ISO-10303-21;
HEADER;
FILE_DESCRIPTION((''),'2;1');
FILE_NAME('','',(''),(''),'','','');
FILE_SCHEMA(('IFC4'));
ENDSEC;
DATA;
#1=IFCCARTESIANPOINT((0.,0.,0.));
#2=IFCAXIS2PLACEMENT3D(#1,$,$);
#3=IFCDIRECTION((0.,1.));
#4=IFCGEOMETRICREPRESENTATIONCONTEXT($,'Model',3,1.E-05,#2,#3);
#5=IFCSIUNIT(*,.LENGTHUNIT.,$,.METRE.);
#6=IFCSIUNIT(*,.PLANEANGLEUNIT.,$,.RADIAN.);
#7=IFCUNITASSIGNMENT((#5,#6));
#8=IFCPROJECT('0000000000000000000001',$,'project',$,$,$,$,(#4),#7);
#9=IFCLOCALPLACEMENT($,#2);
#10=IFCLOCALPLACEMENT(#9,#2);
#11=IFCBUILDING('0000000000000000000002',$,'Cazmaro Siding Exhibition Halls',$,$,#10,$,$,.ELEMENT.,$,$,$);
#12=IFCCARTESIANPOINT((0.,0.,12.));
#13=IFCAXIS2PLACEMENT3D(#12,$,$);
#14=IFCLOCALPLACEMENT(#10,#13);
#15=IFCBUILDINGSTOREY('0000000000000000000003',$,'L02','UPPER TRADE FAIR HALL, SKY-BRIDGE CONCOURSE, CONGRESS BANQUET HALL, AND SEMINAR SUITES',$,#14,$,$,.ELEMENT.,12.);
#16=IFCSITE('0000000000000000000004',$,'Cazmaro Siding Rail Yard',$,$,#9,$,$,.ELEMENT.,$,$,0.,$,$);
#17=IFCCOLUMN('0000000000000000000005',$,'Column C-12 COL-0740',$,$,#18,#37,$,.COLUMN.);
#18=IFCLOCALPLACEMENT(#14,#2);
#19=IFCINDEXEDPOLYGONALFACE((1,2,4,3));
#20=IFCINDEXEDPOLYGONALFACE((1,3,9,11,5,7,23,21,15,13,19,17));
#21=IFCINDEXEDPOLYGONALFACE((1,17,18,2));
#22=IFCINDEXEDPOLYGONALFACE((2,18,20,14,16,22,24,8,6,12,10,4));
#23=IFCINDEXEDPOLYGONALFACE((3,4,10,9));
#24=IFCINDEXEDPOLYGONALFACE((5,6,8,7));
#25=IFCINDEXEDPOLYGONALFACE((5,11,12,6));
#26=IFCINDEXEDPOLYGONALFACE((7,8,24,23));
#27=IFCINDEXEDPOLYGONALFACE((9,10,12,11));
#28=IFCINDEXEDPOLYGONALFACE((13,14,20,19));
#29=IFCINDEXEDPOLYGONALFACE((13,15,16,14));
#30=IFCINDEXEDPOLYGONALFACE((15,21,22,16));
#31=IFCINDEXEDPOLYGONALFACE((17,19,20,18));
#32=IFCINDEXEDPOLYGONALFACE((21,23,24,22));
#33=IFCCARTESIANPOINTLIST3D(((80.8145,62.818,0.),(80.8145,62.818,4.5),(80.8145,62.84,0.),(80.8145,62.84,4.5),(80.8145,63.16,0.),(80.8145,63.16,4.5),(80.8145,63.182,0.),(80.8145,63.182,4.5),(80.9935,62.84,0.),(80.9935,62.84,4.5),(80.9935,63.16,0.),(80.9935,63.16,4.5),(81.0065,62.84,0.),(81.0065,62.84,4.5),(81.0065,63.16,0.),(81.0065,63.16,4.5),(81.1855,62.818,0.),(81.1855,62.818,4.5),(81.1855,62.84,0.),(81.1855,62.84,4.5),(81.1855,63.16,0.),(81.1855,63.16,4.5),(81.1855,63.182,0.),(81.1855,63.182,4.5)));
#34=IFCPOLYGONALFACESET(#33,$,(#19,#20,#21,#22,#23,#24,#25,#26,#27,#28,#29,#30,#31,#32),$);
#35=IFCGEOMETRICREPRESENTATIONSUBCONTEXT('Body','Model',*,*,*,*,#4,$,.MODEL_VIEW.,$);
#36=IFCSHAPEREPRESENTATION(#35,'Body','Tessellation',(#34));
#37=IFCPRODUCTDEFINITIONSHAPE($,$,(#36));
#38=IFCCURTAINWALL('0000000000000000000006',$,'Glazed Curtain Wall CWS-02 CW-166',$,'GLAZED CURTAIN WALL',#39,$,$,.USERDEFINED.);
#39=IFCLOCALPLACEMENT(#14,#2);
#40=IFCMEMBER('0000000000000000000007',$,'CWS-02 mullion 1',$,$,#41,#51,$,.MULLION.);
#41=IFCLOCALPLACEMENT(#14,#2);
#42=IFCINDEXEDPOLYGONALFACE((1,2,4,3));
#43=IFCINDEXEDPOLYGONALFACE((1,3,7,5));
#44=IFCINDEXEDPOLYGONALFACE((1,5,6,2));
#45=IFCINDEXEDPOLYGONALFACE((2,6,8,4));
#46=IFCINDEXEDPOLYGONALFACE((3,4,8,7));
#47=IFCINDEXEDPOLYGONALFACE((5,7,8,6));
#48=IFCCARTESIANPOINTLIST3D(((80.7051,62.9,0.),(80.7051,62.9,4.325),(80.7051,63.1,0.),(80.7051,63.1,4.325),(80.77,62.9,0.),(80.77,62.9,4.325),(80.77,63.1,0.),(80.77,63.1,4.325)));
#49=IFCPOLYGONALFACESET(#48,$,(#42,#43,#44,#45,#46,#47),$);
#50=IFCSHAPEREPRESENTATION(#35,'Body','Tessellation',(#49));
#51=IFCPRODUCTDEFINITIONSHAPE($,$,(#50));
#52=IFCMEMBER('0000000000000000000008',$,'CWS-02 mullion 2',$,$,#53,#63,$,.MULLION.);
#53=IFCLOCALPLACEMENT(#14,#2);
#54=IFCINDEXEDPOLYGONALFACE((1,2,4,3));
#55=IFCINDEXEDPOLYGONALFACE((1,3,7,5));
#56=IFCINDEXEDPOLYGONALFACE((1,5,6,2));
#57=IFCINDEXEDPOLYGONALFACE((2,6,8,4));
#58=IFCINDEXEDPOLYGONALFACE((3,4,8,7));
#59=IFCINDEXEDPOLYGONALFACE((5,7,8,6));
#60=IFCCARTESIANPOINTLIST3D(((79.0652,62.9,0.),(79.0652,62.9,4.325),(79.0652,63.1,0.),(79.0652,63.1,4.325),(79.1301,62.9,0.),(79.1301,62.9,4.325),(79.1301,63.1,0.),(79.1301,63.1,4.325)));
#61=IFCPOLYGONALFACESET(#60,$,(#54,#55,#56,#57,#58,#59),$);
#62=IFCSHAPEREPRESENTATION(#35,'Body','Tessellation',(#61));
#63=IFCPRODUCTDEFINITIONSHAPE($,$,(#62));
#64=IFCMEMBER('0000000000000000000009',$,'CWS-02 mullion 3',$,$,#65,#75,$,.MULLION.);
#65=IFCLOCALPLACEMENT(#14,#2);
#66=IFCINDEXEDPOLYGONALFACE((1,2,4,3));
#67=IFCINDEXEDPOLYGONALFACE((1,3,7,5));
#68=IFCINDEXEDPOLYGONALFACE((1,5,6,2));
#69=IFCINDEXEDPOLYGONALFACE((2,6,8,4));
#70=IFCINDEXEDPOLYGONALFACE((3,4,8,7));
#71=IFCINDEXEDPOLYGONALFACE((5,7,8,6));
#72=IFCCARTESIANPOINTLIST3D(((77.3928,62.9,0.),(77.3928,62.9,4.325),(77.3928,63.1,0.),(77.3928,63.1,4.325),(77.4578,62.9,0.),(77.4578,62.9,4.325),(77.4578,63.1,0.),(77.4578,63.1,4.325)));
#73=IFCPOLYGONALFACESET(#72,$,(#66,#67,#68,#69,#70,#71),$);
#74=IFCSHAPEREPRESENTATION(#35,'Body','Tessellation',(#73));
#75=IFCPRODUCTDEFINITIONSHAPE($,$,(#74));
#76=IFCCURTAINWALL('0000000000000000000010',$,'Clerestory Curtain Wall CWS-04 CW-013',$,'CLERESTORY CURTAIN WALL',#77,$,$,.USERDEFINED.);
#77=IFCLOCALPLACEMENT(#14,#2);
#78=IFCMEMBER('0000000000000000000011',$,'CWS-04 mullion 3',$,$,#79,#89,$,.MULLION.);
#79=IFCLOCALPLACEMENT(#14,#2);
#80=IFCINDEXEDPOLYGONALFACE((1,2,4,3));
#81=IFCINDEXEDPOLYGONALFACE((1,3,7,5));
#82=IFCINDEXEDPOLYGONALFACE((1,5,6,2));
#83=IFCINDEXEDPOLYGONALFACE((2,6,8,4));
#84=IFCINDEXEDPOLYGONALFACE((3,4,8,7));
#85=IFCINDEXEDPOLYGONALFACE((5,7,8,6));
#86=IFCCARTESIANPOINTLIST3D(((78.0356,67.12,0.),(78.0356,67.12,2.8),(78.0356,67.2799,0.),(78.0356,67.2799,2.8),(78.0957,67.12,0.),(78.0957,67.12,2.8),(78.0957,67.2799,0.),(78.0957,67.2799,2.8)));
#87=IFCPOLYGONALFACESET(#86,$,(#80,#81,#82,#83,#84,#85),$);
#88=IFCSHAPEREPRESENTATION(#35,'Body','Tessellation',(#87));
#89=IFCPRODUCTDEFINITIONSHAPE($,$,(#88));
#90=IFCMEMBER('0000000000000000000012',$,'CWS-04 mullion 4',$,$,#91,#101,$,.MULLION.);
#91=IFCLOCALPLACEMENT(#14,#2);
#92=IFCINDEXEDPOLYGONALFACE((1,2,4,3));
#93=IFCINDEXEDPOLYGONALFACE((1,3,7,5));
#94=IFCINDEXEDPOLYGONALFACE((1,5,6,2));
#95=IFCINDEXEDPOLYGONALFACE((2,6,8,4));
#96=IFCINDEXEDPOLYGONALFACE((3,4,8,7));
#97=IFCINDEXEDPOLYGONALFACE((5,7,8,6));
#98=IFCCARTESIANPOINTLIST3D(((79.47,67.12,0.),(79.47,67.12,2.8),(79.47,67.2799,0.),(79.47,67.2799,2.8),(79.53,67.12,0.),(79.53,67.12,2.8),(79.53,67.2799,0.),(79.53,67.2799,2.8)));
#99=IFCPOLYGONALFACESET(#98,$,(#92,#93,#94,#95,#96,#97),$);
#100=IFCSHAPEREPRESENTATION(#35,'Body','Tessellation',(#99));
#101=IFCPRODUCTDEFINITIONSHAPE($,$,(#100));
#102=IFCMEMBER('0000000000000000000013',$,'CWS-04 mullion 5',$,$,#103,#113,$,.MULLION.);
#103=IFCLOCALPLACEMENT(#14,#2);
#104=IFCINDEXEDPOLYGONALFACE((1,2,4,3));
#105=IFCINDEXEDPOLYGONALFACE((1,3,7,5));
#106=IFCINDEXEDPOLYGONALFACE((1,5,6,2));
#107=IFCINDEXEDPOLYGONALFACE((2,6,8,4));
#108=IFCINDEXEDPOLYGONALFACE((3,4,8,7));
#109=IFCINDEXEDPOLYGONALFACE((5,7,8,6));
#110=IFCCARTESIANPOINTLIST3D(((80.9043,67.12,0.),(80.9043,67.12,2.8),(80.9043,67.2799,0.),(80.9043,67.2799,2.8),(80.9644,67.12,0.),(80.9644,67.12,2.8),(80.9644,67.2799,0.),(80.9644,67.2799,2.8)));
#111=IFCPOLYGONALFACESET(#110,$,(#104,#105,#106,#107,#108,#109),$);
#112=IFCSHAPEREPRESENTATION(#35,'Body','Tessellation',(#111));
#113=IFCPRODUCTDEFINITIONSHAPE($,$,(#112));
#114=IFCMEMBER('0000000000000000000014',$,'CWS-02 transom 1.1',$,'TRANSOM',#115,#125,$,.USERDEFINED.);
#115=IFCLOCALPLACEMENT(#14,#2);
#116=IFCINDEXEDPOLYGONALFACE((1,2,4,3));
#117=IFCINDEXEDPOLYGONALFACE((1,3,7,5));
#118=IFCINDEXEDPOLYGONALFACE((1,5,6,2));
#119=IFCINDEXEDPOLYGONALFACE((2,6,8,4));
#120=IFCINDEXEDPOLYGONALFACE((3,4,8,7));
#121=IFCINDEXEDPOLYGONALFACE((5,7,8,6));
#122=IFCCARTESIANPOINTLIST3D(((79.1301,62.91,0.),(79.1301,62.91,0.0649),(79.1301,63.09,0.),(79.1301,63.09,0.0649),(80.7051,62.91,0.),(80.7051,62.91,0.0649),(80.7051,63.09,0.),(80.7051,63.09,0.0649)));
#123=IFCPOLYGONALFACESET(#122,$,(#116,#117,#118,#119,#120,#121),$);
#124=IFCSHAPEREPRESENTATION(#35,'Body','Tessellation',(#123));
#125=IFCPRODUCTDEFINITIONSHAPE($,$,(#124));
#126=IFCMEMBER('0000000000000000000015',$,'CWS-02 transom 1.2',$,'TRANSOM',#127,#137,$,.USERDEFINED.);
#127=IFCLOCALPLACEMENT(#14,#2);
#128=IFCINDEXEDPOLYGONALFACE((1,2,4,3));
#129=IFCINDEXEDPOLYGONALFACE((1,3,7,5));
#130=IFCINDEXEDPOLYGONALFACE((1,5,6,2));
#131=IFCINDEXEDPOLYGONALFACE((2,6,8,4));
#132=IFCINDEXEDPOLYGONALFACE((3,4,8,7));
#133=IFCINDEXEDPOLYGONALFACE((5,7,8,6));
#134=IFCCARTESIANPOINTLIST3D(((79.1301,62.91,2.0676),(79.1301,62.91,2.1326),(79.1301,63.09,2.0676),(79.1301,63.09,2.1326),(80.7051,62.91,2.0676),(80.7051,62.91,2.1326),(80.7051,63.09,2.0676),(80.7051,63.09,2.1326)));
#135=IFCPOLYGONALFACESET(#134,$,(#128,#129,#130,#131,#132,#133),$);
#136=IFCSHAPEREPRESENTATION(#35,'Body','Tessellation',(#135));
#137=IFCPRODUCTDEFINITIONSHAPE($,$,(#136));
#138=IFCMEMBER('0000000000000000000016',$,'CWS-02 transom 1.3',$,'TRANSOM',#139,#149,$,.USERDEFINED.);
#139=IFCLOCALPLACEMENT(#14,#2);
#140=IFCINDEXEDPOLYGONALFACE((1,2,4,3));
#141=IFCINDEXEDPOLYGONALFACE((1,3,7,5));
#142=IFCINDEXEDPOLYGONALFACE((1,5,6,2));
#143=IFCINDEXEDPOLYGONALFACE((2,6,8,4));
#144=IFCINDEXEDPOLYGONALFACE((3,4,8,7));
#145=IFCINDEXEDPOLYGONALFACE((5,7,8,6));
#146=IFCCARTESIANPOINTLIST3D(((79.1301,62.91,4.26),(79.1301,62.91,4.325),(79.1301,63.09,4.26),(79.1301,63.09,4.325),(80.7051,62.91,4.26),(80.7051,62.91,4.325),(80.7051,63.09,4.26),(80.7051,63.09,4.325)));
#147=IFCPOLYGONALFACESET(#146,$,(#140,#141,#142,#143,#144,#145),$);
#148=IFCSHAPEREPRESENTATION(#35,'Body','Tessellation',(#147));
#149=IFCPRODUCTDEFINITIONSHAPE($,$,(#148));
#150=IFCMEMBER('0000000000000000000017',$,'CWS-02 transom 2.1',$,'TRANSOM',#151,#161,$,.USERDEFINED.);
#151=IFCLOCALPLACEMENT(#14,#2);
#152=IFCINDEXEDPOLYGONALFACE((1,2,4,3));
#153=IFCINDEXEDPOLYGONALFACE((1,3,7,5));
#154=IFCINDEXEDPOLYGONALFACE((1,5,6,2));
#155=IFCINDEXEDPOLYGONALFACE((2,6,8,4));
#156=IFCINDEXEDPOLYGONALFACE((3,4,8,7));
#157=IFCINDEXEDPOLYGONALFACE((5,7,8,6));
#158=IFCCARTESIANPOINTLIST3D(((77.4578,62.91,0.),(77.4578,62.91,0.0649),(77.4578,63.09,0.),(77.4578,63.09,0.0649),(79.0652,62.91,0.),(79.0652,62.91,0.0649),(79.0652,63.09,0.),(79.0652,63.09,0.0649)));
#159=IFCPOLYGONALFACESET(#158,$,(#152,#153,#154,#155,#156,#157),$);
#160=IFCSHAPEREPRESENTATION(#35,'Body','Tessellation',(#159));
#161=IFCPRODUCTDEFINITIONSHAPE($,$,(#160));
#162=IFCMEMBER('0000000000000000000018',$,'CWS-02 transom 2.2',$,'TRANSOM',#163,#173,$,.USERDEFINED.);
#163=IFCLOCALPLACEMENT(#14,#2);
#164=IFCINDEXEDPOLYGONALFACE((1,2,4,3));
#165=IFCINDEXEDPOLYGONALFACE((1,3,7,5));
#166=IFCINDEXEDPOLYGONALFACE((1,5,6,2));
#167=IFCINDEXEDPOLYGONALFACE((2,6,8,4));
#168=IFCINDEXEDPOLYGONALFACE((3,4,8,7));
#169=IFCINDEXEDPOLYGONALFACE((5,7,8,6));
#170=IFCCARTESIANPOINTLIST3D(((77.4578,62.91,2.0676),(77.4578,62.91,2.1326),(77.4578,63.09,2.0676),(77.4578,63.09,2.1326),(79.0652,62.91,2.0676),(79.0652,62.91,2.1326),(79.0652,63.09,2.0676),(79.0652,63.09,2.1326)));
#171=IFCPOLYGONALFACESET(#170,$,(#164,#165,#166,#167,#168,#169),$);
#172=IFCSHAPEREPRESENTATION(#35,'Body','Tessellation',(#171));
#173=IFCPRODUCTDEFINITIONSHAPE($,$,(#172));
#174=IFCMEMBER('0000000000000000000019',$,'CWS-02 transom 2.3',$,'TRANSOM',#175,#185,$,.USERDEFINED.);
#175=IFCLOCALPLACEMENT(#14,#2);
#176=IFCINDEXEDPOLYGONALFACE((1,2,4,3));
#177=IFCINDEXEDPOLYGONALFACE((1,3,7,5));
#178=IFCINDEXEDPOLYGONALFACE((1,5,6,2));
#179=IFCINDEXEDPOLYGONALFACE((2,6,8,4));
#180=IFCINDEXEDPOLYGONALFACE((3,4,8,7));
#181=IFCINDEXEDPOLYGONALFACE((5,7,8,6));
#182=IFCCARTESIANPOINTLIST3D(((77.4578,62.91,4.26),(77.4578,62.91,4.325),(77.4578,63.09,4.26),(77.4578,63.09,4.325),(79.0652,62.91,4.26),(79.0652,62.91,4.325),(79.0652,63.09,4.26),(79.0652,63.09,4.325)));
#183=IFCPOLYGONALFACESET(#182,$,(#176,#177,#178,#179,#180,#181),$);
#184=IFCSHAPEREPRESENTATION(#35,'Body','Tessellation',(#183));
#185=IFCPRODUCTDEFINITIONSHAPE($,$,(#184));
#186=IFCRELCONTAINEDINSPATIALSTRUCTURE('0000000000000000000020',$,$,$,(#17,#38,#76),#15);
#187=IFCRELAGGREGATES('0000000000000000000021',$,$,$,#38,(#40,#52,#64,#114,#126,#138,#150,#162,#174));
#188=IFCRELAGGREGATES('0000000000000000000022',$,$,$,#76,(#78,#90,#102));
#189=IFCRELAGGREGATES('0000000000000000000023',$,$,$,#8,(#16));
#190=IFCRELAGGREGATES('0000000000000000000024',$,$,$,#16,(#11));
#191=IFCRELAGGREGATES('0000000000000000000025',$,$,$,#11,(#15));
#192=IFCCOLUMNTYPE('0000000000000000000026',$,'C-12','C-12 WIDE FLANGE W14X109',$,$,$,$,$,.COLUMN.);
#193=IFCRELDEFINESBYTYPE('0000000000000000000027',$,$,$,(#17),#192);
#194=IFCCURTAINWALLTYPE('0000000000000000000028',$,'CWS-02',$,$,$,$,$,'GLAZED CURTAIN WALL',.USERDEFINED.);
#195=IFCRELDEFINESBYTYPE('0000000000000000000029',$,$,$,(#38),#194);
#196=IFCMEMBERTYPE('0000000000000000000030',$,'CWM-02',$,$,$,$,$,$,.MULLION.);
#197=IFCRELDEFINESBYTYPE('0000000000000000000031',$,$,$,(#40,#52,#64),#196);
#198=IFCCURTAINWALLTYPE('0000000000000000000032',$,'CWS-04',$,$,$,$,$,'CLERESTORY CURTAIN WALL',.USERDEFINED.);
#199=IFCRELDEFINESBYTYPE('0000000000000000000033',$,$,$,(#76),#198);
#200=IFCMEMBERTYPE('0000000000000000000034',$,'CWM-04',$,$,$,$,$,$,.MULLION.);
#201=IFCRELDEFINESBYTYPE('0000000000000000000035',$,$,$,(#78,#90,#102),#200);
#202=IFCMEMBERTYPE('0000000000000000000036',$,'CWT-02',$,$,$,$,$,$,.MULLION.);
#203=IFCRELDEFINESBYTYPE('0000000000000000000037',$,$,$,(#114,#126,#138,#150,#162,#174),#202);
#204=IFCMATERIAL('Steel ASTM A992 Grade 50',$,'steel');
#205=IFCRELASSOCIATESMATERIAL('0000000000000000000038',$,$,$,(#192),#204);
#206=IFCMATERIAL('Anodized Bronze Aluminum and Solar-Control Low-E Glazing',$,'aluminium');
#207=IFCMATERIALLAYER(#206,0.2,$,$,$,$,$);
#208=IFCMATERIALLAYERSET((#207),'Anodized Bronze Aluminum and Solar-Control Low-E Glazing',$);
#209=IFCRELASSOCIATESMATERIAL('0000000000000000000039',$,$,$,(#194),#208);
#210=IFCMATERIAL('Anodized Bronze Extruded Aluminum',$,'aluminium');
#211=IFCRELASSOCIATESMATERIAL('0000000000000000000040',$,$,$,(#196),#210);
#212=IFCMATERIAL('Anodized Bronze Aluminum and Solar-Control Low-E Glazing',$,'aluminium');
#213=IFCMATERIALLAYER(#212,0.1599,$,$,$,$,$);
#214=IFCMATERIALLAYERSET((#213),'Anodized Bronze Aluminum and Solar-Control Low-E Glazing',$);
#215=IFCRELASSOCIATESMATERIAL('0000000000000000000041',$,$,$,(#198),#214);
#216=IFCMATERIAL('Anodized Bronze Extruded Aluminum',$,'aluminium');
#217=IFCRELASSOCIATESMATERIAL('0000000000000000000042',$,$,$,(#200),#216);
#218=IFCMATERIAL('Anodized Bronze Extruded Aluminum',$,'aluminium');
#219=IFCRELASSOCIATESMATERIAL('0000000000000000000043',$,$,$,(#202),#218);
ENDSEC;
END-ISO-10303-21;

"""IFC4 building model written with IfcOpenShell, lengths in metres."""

from ifc_helpers import new_model, si_unit, direction, frame, origin, origin_2d, place, context, subcontext, project, spatial, rectangle, i_section, extrude, material, layer, layer_set, material_profile, profile_set, type_object, element, aggregate, save


model = new_model("IFC4")

# Units and contexts
model_context = context("Model", 3, precision=1e-05, world=origin(), true_north=direction((0.0, 1.0)))
body_context = subcontext(model_context, "Body", "Model", "MODEL_VIEW")
ifc_project = project(units=[si_unit("LENGTHUNIT", "METRE"), si_unit("PLANEANGLEUNIT", "RADIAN")], contexts=[model_context])

# Site, building, storey
site_placement = place(None, origin())
site = spatial("IfcSite", under=ifc_project, at=site_placement, Name="Cazmaro Siding Rail Yard", CompositionType="ELEMENT", RefElevation=0.0)
building_placement = place(site_placement, origin())
building = spatial("IfcBuilding", under=site, at=building_placement, Name="Cazmaro Siding Exhibition Halls", CompositionType="ELEMENT")
storey_placement = place(building_placement, frame((0.0, 0.0, 12.0)))
storey = spatial("IfcBuildingStorey", under=building, at=storey_placement, Name="L02", Description="UPPER TRADE FAIR HALL, SKY-BRIDGE CONCOURSE, CONGRESS BANQUET HALL, AND SEMINAR SUITES", CompositionType="ELEMENT", Elevation=12.0)

# Column
ifc_material_1 = material(Name="Steel ASTM A992 Grade 50", Category="steel")
ifc_material_profile_1 = material_profile(ifc_material_1, i_section(OverallWidth=0.3711, OverallDepth=0.364, WebThickness=0.0129, FlangeThickness=0.022, at=origin_2d()), Name="W14X109")
ifc_profile_set_1 = profile_set([ifc_material_profile_1], Name="Steel ASTM A992 Grade 50")
column_type = type_object("IfcColumnType", Name="C-12", Description="C-12 WIDE FLANGE W14X109", PredefinedType="COLUMN", material=ifc_profile_set_1)
column_placement = place(storey_placement, frame((81.0, 63.0, 0.0), z_axis=(0.0, 0.0, 1.0), x_axis=(1.0, 0.0, 0.0)))
element("IfcColumn", 1, at=column_placement, inside=storey, type_object=column_type, Name="Column C-12 COL-0740", PredefinedType="COLUMN", context=body_context, shape_type="SweptSolid", body=[
    extrude(i_section(OverallWidth=0.3711, OverallDepth=0.364, WebThickness=0.0129, FlangeThickness=0.022, at=origin_2d()), origin(), (0.0, 0.0, 1.0), 4.5),
])

# Curtain walls, members
ifc_material_2 = material(Name="Anodized Bronze Aluminum and Solar-Control Low-E Glazing", Category="aluminium")
ifc_layer_1 = layer(ifc_material_2, 0.2)
ifc_layer_set_1 = layer_set([ifc_layer_1], Name="Anodized Bronze Aluminum and Solar-Control Low-E Glazing")
curtain_wall_type_1 = type_object("IfcCurtainWallType", Name="CWS-02", ElementType="GLAZED CURTAIN WALL", PredefinedType="USERDEFINED", material=ifc_layer_set_1)
curtain_wall_1_placement = place(storey_placement, origin())
curtain_wall_1 = element("IfcCurtainWall", 2, at=curtain_wall_1_placement, inside=storey, type_object=curtain_wall_type_1, Name="Glazed Curtain Wall CWS-02 CW-166", ObjectType="GLAZED CURTAIN WALL", PredefinedType="USERDEFINED")
ifc_material_3 = material(Name="Anodized Bronze Extruded Aluminum", Category="aluminium")
ifc_material_profile_2 = material_profile(ifc_material_3, rectangle(XDim=0.2, YDim=0.0649, at=origin_2d()), Name="CWM-02")
ifc_profile_set_2 = profile_set([ifc_material_profile_2], Name="Anodized Bronze Extruded Aluminum")
member_type_1 = type_object("IfcMemberType", Name="CWM-02", PredefinedType="MULLION", material=ifc_profile_set_2)
member_1_placement = place(storey_placement, frame((80.7375, 63.0, 0.0), z_axis=(0.0, 0.0, 1.0), x_axis=(0.0, -1.0, 0.0)))
member_1 = element("IfcMember", 3, at=member_1_placement, type_object=member_type_1, Name="CWS-02 mullion 1", PredefinedType="MULLION", context=body_context, shape_type="SweptSolid", body=[
    extrude(rectangle(XDim=0.2, YDim=0.0649, at=origin_2d()), origin(), (0.0, 0.0, 1.0), 4.325),
])
member_2_placement = place(storey_placement, frame((79.0977, 63.0, 0.0), z_axis=(0.0, 0.0, 1.0), x_axis=(0.0, -1.0, 0.0)))
member_2 = element("IfcMember", 4, at=member_2_placement, type_object=member_type_1, Name="CWS-02 mullion 2", PredefinedType="MULLION", context=body_context, shape_type="SweptSolid", body=[
    extrude(rectangle(XDim=0.2, YDim=0.0649, at=origin_2d()), origin(), (0.0, 0.0, 1.0), 4.325),
])
member_3_placement = place(storey_placement, frame((77.4253, 63.0, 0.0), z_axis=(0.0, 0.0, 1.0), x_axis=(0.0, -1.0, 0.0)))
member_3 = element("IfcMember", 5, at=member_3_placement, type_object=member_type_1, Name="CWS-02 mullion 3", PredefinedType="MULLION", context=body_context, shape_type="SweptSolid", body=[
    extrude(rectangle(XDim=0.2, YDim=0.0649, at=origin_2d()), origin(), (0.0, 0.0, 1.0), 4.325),
])
ifc_material_4 = material(Name="Anodized Bronze Aluminum and Solar-Control Low-E Glazing", Category="aluminium")
ifc_layer_2 = layer(ifc_material_4, 0.1599)
ifc_layer_set_2 = layer_set([ifc_layer_2], Name="Anodized Bronze Aluminum and Solar-Control Low-E Glazing")
curtain_wall_type_2 = type_object("IfcCurtainWallType", Name="CWS-04", ElementType="CLERESTORY CURTAIN WALL", PredefinedType="USERDEFINED", material=ifc_layer_set_2)
curtain_wall_2_placement = place(storey_placement, origin())
curtain_wall_2 = element("IfcCurtainWall", 6, at=curtain_wall_2_placement, inside=storey, type_object=curtain_wall_type_2, Name="Clerestory Curtain Wall CWS-04 CW-013", ObjectType="CLERESTORY CURTAIN WALL", PredefinedType="USERDEFINED")
ifc_material_5 = material(Name="Anodized Bronze Extruded Aluminum", Category="aluminium")
ifc_material_profile_3 = material_profile(ifc_material_5, rectangle(XDim=0.1599, YDim=0.0601, at=origin_2d()), Name="CWM-04")
ifc_profile_set_3 = profile_set([ifc_material_profile_3], Name="Anodized Bronze Extruded Aluminum")
member_type_2 = type_object("IfcMemberType", Name="CWM-04", PredefinedType="MULLION", material=ifc_profile_set_3)
member_4_placement = place(storey_placement, frame((78.0657, 67.2, 0.0), z_axis=(0.0, 0.0, 1.0), x_axis=(0.0, 1.0, 0.0)))
member_4 = element("IfcMember", 7, at=member_4_placement, type_object=member_type_2, Name="CWS-04 mullion 3", PredefinedType="MULLION", context=body_context, shape_type="SweptSolid", body=[
    extrude(rectangle(XDim=0.1599, YDim=0.0601, at=origin_2d()), origin(), (0.0, 0.0, 1.0), 2.8),
])
member_5_placement = place(storey_placement, frame((79.5, 67.2, 0.0), z_axis=(0.0, 0.0, 1.0), x_axis=(0.0, 1.0, 0.0)))
member_5 = element("IfcMember", 8, at=member_5_placement, type_object=member_type_2, Name="CWS-04 mullion 4", PredefinedType="MULLION", context=body_context, shape_type="SweptSolid", body=[
    extrude(rectangle(XDim=0.1599, YDim=0.0601, at=origin_2d()), origin(), (0.0, 0.0, 1.0), 2.8),
])
member_6_placement = place(storey_placement, frame((80.9343, 67.2, 0.0), z_axis=(0.0, 0.0, 1.0), x_axis=(0.0, 1.0, 0.0)))
member_6 = element("IfcMember", 9, at=member_6_placement, type_object=member_type_2, Name="CWS-04 mullion 5", PredefinedType="MULLION", context=body_context, shape_type="SweptSolid", body=[
    extrude(rectangle(XDim=0.1599, YDim=0.0601, at=origin_2d()), origin(), (0.0, 0.0, 1.0), 2.8),
])

# Members
ifc_material_6 = material(Name="Anodized Bronze Extruded Aluminum", Category="aluminium")
ifc_material_profile_4 = material_profile(ifc_material_6, rectangle(XDim=0.1799, YDim=0.0649, at=origin_2d()), Name="CWT-02")
ifc_profile_set_4 = profile_set([ifc_material_profile_4], Name="Anodized Bronze Extruded Aluminum")
member_type_3 = type_object("IfcMemberType", Name="CWT-02", PredefinedType="MULLION", material=ifc_profile_set_4)
member_7_placement = place(storey_placement, frame((80.7051, 63.0, 0.0325), z_axis=(-1.0, 0.0, 0.0), x_axis=(0.0, -1.0, 0.0)))
member_7 = element("IfcMember", 10, at=member_7_placement, type_object=member_type_3, Name="CWS-02 transom 1.1", ObjectType="TRANSOM", PredefinedType="USERDEFINED", context=body_context, shape_type="SweptSolid", body=[
    extrude(rectangle(XDim=0.1799, YDim=0.0649, at=origin_2d()), origin(), (0.0, 0.0, 1.0), 1.575),
])
member_8_placement = place(storey_placement, frame((80.7051, 63.0, 2.1001), z_axis=(-1.0, 0.0, 0.0), x_axis=(0.0, -1.0, 0.0)))
member_8 = element("IfcMember", 11, at=member_8_placement, type_object=member_type_3, Name="CWS-02 transom 1.2", ObjectType="TRANSOM", PredefinedType="USERDEFINED", context=body_context, shape_type="SweptSolid", body=[
    extrude(rectangle(XDim=0.1799, YDim=0.0649, at=origin_2d()), origin(), (0.0, 0.0, 1.0), 1.575),
])
member_9_placement = place(storey_placement, frame((80.7051, 63.0, 4.2925), z_axis=(-1.0, 0.0, 0.0), x_axis=(0.0, -1.0, 0.0)))
member_9 = element("IfcMember", 12, at=member_9_placement, type_object=member_type_3, Name="CWS-02 transom 1.3", ObjectType="TRANSOM", PredefinedType="USERDEFINED", context=body_context, shape_type="SweptSolid", body=[
    extrude(rectangle(XDim=0.1799, YDim=0.0649, at=origin_2d()), origin(), (0.0, 0.0, 1.0), 1.575),
])
member_10_placement = place(storey_placement, frame((79.0652, 63.0, 0.0325), z_axis=(-1.0, 0.0, 0.0), x_axis=(0.0, -1.0, 0.0)))
member_10 = element("IfcMember", 13, at=member_10_placement, type_object=member_type_3, Name="CWS-02 transom 2.1", ObjectType="TRANSOM", PredefinedType="USERDEFINED", context=body_context, shape_type="SweptSolid", body=[
    extrude(rectangle(XDim=0.1799, YDim=0.0649, at=origin_2d()), origin(), (0.0, 0.0, 1.0), 1.6074),
])
member_11_placement = place(storey_placement, frame((79.0652, 63.0, 2.1001), z_axis=(-1.0, 0.0, 0.0), x_axis=(0.0, -1.0, 0.0)))
member_11 = element("IfcMember", 14, at=member_11_placement, type_object=member_type_3, Name="CWS-02 transom 2.2", ObjectType="TRANSOM", PredefinedType="USERDEFINED", context=body_context, shape_type="SweptSolid", body=[
    extrude(rectangle(XDim=0.1799, YDim=0.0649, at=origin_2d()), origin(), (0.0, 0.0, 1.0), 1.6074),
])
member_12_placement = place(storey_placement, frame((79.0652, 63.0, 4.2925), z_axis=(-1.0, 0.0, 0.0), x_axis=(0.0, -1.0, 0.0)))
member_12 = element("IfcMember", 15, at=member_12_placement, type_object=member_type_3, Name="CWS-02 transom 2.3", ObjectType="TRANSOM", PredefinedType="USERDEFINED", context=body_context, shape_type="SweptSolid", body=[
    extrude(rectangle(XDim=0.1799, YDim=0.0649, at=origin_2d()), origin(), (0.0, 0.0, 1.0), 1.6074),
])

aggregate(curtain_wall_1, [member_1, member_2, member_3, member_7, member_8, member_9, member_10, member_11, member_12])
aggregate(curtain_wall_2, [member_4, member_5, member_6])

save(model, "model.ifc")
